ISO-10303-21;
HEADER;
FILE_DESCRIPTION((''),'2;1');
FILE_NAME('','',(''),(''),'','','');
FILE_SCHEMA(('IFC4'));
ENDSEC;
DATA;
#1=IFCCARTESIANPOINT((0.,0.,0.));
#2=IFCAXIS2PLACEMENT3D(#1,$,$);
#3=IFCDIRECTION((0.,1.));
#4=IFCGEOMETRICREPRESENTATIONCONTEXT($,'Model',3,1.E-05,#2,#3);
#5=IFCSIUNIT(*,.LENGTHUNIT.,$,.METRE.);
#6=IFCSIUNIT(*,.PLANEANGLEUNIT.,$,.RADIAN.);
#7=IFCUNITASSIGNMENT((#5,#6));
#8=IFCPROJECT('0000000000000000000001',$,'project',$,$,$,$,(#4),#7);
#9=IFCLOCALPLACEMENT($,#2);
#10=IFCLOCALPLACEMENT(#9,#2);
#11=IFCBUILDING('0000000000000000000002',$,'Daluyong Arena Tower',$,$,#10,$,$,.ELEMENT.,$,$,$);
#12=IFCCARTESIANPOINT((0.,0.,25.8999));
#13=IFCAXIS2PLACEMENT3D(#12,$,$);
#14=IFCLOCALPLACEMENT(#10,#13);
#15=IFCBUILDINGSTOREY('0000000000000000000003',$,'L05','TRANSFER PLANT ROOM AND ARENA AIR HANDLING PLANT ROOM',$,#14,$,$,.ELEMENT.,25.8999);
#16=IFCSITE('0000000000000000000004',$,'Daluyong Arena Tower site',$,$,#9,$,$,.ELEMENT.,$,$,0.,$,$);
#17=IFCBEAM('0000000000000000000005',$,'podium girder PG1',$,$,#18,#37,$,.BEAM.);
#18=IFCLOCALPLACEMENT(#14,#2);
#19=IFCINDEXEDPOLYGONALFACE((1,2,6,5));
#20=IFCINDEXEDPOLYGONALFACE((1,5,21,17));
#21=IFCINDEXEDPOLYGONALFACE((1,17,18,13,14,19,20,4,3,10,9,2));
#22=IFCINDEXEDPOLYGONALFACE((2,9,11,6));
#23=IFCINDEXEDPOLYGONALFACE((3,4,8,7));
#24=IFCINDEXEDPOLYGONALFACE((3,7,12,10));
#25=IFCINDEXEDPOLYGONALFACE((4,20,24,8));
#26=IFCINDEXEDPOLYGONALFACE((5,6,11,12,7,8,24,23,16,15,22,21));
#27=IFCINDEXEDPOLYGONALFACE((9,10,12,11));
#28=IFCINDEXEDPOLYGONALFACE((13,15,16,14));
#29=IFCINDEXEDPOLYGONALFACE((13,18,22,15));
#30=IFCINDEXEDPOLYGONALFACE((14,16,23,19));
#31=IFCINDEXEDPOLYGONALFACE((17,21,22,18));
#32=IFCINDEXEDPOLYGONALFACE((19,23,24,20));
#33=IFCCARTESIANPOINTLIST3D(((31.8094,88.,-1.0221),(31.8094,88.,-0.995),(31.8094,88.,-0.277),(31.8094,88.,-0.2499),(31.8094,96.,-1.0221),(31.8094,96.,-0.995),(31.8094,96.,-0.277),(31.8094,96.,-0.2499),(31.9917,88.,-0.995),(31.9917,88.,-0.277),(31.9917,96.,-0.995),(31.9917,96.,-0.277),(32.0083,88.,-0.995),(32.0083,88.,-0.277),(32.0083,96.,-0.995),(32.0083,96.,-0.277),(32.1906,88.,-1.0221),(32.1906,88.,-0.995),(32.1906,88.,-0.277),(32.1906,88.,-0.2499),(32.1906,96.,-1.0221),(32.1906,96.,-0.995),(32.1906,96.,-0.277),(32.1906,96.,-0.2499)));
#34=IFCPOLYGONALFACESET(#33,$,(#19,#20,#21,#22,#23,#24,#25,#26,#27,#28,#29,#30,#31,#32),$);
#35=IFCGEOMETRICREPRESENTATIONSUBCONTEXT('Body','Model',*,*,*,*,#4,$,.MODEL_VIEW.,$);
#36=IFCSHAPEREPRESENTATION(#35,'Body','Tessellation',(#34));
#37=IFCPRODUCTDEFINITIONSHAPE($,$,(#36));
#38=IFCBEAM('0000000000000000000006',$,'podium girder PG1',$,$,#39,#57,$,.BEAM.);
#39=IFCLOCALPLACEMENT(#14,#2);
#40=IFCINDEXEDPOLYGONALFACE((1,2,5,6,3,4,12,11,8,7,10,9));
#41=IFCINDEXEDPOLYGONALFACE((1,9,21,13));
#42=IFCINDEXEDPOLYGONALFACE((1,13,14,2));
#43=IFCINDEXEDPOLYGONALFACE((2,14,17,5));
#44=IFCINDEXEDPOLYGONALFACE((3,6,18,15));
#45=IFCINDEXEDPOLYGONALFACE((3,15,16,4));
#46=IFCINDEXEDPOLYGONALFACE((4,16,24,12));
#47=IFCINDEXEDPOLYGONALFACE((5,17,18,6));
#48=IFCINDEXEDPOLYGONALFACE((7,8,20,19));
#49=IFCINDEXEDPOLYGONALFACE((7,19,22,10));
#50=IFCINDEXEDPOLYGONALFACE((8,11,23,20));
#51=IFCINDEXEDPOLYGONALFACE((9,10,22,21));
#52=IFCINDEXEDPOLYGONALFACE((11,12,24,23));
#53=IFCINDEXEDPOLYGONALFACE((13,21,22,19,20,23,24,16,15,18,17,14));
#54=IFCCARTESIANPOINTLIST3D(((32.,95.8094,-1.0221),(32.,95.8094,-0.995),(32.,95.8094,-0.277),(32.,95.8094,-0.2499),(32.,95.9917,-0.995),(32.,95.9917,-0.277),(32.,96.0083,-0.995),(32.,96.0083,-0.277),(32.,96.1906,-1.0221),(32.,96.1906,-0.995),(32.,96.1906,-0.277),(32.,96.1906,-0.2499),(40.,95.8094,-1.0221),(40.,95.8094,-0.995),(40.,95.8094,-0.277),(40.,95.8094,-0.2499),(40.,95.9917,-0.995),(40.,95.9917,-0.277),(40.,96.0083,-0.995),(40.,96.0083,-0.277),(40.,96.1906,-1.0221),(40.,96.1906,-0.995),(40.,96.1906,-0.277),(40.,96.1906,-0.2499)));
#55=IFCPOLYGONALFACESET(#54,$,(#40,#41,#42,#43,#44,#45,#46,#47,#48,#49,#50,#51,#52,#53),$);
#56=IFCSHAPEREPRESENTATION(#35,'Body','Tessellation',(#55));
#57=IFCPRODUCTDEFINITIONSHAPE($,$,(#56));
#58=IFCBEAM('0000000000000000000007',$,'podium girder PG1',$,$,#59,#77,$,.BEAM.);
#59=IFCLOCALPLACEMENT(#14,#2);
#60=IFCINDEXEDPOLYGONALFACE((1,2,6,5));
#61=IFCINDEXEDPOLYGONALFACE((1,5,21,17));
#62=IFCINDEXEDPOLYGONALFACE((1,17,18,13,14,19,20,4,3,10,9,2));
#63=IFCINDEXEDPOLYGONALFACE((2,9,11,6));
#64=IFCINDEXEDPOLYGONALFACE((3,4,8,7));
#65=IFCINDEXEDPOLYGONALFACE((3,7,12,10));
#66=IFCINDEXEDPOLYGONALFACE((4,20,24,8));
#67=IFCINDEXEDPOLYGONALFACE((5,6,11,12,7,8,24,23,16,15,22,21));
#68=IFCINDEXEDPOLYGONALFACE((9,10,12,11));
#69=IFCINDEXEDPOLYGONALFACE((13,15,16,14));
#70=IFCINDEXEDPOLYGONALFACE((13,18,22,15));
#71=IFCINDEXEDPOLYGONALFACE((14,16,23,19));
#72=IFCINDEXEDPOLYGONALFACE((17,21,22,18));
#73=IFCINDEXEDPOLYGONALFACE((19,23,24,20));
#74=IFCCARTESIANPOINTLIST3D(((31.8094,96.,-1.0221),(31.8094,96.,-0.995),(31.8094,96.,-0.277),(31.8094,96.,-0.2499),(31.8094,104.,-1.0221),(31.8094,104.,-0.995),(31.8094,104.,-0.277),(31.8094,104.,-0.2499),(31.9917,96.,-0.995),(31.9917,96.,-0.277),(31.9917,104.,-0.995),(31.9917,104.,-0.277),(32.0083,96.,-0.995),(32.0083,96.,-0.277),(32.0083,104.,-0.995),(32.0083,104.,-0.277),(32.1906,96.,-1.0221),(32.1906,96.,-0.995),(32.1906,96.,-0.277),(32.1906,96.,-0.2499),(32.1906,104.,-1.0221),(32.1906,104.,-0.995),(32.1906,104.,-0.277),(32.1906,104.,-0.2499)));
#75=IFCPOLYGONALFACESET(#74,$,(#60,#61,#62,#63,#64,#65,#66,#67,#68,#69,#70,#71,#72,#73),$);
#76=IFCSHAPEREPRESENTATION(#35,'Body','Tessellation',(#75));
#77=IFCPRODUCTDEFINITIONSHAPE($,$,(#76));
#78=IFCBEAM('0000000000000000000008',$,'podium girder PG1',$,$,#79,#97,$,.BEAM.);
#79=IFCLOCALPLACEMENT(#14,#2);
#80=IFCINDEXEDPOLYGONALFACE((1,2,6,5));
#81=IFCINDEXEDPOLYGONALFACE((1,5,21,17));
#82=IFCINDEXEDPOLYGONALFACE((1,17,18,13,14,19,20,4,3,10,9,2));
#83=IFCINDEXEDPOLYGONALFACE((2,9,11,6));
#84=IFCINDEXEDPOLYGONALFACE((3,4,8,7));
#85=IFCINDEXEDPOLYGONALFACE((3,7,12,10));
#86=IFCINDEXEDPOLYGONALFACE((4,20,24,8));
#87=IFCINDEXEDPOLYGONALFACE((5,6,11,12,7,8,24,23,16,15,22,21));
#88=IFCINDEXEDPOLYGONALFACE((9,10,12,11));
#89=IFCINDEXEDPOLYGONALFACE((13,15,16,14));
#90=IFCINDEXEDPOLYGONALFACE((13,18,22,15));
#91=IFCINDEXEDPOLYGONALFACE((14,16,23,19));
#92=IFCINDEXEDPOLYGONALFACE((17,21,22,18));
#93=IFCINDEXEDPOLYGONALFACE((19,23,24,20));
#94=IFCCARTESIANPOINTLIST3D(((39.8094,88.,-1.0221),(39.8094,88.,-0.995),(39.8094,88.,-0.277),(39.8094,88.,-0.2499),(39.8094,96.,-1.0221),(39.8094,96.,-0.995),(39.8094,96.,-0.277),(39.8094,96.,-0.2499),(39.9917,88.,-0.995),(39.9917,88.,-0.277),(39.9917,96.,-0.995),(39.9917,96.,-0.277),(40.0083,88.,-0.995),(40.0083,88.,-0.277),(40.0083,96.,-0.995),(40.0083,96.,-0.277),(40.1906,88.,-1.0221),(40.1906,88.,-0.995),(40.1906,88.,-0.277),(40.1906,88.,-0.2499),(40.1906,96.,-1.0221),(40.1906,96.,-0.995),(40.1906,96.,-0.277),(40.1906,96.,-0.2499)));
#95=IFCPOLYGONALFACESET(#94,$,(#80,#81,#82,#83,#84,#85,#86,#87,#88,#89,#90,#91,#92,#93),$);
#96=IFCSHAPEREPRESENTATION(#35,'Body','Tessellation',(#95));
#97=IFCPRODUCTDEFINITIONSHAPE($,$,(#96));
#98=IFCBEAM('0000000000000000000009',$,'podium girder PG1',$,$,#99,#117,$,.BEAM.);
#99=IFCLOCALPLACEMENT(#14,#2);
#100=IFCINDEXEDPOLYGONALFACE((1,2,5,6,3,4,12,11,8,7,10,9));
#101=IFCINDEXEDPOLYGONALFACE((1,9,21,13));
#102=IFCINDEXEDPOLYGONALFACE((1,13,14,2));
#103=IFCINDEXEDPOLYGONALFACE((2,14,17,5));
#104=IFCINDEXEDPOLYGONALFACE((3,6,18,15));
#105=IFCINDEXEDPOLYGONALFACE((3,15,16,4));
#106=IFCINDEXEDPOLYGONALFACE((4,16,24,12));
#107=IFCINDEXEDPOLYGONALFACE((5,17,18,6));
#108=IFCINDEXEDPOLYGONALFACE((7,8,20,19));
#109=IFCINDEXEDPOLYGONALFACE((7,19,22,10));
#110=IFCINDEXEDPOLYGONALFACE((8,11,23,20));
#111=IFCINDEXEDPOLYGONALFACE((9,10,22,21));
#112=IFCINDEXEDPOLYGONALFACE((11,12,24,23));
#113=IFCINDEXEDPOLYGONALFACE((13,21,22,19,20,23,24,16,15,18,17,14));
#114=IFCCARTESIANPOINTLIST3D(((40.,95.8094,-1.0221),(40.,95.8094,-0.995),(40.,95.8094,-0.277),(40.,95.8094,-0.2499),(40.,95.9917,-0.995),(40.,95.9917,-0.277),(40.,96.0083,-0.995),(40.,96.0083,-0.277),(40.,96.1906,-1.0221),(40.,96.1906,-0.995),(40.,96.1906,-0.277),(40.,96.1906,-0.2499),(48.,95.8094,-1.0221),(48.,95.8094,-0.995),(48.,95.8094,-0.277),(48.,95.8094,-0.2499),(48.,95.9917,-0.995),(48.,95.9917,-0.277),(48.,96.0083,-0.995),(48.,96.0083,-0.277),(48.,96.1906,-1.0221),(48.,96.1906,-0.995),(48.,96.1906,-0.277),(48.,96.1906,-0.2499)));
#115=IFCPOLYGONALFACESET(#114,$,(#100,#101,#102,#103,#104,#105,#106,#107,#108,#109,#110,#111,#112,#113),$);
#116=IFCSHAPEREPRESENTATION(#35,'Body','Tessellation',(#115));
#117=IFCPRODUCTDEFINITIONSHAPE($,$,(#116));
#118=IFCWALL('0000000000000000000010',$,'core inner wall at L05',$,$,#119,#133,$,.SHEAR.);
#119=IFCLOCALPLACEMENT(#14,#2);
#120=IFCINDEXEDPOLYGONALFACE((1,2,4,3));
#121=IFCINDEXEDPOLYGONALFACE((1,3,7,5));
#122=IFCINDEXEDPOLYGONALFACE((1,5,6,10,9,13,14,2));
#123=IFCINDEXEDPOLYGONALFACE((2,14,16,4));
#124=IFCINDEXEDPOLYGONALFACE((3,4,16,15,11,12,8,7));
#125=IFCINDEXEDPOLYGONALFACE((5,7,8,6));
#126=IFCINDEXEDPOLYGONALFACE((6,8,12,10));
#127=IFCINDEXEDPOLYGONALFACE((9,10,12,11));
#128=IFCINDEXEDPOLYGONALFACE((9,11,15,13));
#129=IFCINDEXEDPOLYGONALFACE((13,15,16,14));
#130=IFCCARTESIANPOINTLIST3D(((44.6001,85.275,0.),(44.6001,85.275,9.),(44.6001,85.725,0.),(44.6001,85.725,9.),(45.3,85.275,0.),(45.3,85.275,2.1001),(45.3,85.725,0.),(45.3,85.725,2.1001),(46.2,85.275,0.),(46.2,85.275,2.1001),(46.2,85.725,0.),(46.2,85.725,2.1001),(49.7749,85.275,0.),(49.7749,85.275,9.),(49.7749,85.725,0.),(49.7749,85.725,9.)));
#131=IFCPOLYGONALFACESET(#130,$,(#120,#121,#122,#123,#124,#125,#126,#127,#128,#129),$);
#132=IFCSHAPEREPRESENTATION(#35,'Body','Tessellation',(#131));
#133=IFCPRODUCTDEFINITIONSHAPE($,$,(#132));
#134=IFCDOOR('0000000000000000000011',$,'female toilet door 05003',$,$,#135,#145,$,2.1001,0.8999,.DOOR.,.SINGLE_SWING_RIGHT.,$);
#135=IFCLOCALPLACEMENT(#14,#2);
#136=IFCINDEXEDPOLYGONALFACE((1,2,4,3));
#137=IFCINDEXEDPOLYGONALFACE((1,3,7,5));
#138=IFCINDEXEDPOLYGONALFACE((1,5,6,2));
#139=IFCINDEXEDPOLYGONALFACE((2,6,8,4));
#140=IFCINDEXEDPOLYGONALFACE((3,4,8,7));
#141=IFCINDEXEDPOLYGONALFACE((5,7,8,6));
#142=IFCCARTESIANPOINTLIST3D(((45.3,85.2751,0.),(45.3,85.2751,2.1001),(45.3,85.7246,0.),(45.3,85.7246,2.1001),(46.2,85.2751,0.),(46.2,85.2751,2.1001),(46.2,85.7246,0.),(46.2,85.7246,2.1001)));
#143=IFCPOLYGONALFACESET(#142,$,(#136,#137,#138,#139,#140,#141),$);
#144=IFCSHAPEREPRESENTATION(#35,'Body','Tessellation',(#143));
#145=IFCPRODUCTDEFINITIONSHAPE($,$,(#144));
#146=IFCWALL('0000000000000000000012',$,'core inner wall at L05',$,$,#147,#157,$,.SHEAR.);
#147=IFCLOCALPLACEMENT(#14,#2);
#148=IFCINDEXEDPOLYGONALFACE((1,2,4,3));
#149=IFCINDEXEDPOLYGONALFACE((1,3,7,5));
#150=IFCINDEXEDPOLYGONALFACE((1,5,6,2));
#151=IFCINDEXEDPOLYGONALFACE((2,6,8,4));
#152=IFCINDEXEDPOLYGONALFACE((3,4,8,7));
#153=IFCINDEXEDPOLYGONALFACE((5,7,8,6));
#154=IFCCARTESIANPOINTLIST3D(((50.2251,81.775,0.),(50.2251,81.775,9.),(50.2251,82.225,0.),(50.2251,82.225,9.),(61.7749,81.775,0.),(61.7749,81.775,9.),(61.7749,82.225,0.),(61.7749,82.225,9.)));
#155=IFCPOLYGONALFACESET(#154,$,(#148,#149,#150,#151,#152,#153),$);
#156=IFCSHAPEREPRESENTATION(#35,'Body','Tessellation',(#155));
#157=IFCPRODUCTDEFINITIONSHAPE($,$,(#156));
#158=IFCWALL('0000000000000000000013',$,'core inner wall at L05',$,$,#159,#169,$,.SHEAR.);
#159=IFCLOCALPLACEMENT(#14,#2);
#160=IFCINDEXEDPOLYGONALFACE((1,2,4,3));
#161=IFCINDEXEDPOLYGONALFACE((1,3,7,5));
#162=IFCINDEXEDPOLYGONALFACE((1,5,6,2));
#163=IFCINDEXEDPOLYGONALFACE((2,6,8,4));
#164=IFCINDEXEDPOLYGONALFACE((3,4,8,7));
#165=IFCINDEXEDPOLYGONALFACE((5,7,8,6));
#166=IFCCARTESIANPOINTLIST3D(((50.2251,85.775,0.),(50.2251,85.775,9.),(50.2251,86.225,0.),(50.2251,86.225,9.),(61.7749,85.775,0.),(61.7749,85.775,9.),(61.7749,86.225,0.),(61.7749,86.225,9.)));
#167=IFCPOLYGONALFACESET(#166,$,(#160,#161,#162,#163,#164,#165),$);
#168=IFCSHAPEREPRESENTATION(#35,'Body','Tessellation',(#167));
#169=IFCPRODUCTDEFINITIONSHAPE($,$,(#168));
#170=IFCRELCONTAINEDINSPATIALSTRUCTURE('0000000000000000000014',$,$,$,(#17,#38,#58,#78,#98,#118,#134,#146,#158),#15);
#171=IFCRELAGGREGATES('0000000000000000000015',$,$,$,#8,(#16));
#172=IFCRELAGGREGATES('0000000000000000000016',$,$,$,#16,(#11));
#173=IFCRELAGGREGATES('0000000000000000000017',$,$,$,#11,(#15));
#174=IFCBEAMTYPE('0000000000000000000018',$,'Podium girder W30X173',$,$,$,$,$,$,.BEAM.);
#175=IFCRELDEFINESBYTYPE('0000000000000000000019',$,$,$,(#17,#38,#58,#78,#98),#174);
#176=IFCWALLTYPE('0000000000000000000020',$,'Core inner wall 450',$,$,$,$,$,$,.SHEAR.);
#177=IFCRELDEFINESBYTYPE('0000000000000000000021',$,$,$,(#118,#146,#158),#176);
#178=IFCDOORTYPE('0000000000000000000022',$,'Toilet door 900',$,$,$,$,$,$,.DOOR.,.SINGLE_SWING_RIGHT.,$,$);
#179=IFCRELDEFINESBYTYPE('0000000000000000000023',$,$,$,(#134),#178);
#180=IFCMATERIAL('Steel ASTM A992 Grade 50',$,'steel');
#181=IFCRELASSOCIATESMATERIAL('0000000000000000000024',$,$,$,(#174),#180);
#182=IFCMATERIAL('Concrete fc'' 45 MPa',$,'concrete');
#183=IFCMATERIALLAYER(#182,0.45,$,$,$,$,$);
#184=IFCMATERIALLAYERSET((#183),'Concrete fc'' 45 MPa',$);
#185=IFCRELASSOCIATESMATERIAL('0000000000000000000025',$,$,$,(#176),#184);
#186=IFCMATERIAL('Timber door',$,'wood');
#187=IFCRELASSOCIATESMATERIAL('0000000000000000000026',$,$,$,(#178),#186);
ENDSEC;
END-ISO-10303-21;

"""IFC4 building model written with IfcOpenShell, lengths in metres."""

from ifc_helpers import new_model, si_unit, direction, frame, frame_2d, origin, origin_2d, place, context, subcontext, project, spatial, rectangle, i_section, extrude, material, layer, layer_set, material_profile, profile_set, type_object, element, fill, save


model = new_model("IFC4")

# Units and contexts
model_context = context("Model", 3, precision=1e-05, world=origin(), true_north=direction((0.0, 1.0)))
body_context = subcontext(model_context, "Body", "Model", "MODEL_VIEW")
ifc_project = project(units=[si_unit("LENGTHUNIT", "METRE"), si_unit("PLANEANGLEUNIT", "RADIAN")], contexts=[model_context])

# Site, building, storey
site_placement = place(None, origin())
site = spatial("IfcSite", under=ifc_project, at=site_placement, Name="Daluyong Arena Tower site", CompositionType="ELEMENT", RefElevation=0.0)
building_placement = place(site_placement, origin())
building = spatial("IfcBuilding", under=site, at=building_placement, Name="Daluyong Arena Tower", CompositionType="ELEMENT")
storey_placement = place(building_placement, frame((0.0, 0.0, 25.8999)))
storey = spatial("IfcBuildingStorey", under=building, at=storey_placement, Name="L05", Description="TRANSFER PLANT ROOM AND ARENA AIR HANDLING PLANT ROOM", CompositionType="ELEMENT", Elevation=25.8999)

# Beams
ifc_material_1 = material(Name="Steel ASTM A992 Grade 50", Category="steel")
ifc_material_profile_1 = material_profile(ifc_material_1, i_section(OverallWidth=0.3811, OverallDepth=0.7722, WebThickness=0.0166, FlangeThickness=0.0271, at=origin_2d()))
ifc_profile_set_1 = profile_set([ifc_material_profile_1], Name="Steel ASTM A992 Grade 50")
beam_type_1 = type_object("IfcBeamType", Name="Podium girder W30X173", PredefinedType="BEAM", material=ifc_profile_set_1)
for number, where, z_axis, x_axis, name in (
    (1, (32.0, 88.0, -0.636), (0.0, 1.0, 0.0), (-1.0, 0.0, 0.0), "podium girder PG1"),
    (2, (32.0, 96.0, -0.636), (1.0, 0.0, 0.0), (0.0, 1.0, 0.0), "podium girder PG1"),
    (3, (32.0, 96.0, -0.636), (0.0, 1.0, 0.0), (-1.0, 0.0, 0.0), "podium girder PG1"),
    (4, (40.0, 88.0, -0.636), (0.0, 1.0, 0.0), (-1.0, 0.0, 0.0), "podium girder PG1"),
    (5, (40.0, 96.0, -0.636), (1.0, 0.0, 0.0), (0.0, 1.0, 0.0), "podium girder PG1"),
):
    element("IfcBeam", number, at=place(storey_placement, frame(where, z_axis=z_axis, x_axis=x_axis)), inside=storey, type_object=beam_type_1, Name=name, PredefinedType="BEAM", context=body_context, shape_type="SweptSolid", body=[
        extrude(i_section(OverallWidth=0.3811, OverallDepth=0.7722, WebThickness=0.0166, FlangeThickness=0.0271, at=origin_2d()), origin(), (0.0, 0.0, 1.0), 8.0),
    ])

# Wall, opening, door
ifc_material_2 = material(Name="Concrete fc' 45 MPa", Category="concrete")
ifc_layer_1 = layer(ifc_material_2, 0.45)
ifc_layer_set_1 = layer_set([ifc_layer_1], Name="Concrete fc' 45 MPa")
wall_type_1 = type_object("IfcWallType", Name="Core inner wall 450", PredefinedType="SHEAR", material=ifc_layer_set_1)
wall_1_placement = place(storey_placement, frame((44.6001, 85.5, 0.0), z_axis=(0.0, 0.0, 1.0), x_axis=(1.0, 0.0, 0.0)))
wall_1 = element("IfcWall", 6, at=wall_1_placement, inside=storey, type_object=wall_type_1, Name="core inner wall at L05", PredefinedType="SHEAR", context=body_context, shape_type="SweptSolid", body=[
    extrude(rectangle(XDim=5.1748, YDim=0.45, at=frame_2d((2.5874, 0.0))), origin(), (0.0, 0.0, 1.0), 9.0),
])
opening_1_placement = place(wall_1_placement, frame((0.7, 0.0, 0.0)))
opening_1 = element("IfcOpeningElement", 7, at=opening_1_placement, cuts=wall_1, PredefinedType="OPENING", context=body_context, shape_type="SweptSolid", body=[
    extrude(rectangle(XDim=0.8999, YDim=2.1001, at=frame_2d((0.45, 1.05))), frame((0.0, 0.2349, 0.0), z_axis=(0.0, -1.0, 0.0), x_axis=(1.0, 0.0, 0.0)), (0.0, 0.0, 1.0), 0.47),
])
ifc_material_3 = material(Name="Timber door", Category="wood")
door_type_1 = type_object("IfcDoorType", Name="Toilet door 900", OperationType="SINGLE_SWING_RIGHT", PredefinedType="DOOR", material=ifc_material_3)
door_1_placement = place(opening_1_placement, origin())
door_1 = element("IfcDoor", 8, at=door_1_placement, inside=storey, type_object=door_type_1, Name="female toilet door 05003", OperationType="SINGLE_SWING_RIGHT", OverallHeight=2.1001, OverallWidth=0.8999, PredefinedType="DOOR", context=body_context, shape_type="SweptSolid", body=[
    extrude(rectangle(XDim=0.8999, YDim=2.1001, at=frame_2d((0.45, 1.05))), frame((0.0, 0.2246, 0.0), z_axis=(0.0, -1.0, 0.0), x_axis=(1.0, 0.0, 0.0)), (0.0, 0.0, 1.0), 0.4495),
])
fill(opening_1, door_1)

# Walls
for number, where, z_axis, x_axis, name in (
    (9, (50.2251, 82.0, 0.0), (0.0, 0.0, 1.0), (1.0, 0.0, 0.0), "core inner wall at L05"),
    (10, (50.2251, 86.0, 0.0), (0.0, 0.0, 1.0), (1.0, 0.0, 0.0), "core inner wall at L05"),
):
    element("IfcWall", number, at=place(storey_placement, frame(where, z_axis=z_axis, x_axis=x_axis)), inside=storey, type_object=wall_type_1, Name=name, PredefinedType="SHEAR", context=body_context, shape_type="SweptSolid", body=[
        extrude(rectangle(XDim=11.5498, YDim=0.45, at=frame_2d((5.7749, 0.0))), origin(), (0.0, 0.0, 1.0), 9.0),
    ])

save(model, "model.ifc")
